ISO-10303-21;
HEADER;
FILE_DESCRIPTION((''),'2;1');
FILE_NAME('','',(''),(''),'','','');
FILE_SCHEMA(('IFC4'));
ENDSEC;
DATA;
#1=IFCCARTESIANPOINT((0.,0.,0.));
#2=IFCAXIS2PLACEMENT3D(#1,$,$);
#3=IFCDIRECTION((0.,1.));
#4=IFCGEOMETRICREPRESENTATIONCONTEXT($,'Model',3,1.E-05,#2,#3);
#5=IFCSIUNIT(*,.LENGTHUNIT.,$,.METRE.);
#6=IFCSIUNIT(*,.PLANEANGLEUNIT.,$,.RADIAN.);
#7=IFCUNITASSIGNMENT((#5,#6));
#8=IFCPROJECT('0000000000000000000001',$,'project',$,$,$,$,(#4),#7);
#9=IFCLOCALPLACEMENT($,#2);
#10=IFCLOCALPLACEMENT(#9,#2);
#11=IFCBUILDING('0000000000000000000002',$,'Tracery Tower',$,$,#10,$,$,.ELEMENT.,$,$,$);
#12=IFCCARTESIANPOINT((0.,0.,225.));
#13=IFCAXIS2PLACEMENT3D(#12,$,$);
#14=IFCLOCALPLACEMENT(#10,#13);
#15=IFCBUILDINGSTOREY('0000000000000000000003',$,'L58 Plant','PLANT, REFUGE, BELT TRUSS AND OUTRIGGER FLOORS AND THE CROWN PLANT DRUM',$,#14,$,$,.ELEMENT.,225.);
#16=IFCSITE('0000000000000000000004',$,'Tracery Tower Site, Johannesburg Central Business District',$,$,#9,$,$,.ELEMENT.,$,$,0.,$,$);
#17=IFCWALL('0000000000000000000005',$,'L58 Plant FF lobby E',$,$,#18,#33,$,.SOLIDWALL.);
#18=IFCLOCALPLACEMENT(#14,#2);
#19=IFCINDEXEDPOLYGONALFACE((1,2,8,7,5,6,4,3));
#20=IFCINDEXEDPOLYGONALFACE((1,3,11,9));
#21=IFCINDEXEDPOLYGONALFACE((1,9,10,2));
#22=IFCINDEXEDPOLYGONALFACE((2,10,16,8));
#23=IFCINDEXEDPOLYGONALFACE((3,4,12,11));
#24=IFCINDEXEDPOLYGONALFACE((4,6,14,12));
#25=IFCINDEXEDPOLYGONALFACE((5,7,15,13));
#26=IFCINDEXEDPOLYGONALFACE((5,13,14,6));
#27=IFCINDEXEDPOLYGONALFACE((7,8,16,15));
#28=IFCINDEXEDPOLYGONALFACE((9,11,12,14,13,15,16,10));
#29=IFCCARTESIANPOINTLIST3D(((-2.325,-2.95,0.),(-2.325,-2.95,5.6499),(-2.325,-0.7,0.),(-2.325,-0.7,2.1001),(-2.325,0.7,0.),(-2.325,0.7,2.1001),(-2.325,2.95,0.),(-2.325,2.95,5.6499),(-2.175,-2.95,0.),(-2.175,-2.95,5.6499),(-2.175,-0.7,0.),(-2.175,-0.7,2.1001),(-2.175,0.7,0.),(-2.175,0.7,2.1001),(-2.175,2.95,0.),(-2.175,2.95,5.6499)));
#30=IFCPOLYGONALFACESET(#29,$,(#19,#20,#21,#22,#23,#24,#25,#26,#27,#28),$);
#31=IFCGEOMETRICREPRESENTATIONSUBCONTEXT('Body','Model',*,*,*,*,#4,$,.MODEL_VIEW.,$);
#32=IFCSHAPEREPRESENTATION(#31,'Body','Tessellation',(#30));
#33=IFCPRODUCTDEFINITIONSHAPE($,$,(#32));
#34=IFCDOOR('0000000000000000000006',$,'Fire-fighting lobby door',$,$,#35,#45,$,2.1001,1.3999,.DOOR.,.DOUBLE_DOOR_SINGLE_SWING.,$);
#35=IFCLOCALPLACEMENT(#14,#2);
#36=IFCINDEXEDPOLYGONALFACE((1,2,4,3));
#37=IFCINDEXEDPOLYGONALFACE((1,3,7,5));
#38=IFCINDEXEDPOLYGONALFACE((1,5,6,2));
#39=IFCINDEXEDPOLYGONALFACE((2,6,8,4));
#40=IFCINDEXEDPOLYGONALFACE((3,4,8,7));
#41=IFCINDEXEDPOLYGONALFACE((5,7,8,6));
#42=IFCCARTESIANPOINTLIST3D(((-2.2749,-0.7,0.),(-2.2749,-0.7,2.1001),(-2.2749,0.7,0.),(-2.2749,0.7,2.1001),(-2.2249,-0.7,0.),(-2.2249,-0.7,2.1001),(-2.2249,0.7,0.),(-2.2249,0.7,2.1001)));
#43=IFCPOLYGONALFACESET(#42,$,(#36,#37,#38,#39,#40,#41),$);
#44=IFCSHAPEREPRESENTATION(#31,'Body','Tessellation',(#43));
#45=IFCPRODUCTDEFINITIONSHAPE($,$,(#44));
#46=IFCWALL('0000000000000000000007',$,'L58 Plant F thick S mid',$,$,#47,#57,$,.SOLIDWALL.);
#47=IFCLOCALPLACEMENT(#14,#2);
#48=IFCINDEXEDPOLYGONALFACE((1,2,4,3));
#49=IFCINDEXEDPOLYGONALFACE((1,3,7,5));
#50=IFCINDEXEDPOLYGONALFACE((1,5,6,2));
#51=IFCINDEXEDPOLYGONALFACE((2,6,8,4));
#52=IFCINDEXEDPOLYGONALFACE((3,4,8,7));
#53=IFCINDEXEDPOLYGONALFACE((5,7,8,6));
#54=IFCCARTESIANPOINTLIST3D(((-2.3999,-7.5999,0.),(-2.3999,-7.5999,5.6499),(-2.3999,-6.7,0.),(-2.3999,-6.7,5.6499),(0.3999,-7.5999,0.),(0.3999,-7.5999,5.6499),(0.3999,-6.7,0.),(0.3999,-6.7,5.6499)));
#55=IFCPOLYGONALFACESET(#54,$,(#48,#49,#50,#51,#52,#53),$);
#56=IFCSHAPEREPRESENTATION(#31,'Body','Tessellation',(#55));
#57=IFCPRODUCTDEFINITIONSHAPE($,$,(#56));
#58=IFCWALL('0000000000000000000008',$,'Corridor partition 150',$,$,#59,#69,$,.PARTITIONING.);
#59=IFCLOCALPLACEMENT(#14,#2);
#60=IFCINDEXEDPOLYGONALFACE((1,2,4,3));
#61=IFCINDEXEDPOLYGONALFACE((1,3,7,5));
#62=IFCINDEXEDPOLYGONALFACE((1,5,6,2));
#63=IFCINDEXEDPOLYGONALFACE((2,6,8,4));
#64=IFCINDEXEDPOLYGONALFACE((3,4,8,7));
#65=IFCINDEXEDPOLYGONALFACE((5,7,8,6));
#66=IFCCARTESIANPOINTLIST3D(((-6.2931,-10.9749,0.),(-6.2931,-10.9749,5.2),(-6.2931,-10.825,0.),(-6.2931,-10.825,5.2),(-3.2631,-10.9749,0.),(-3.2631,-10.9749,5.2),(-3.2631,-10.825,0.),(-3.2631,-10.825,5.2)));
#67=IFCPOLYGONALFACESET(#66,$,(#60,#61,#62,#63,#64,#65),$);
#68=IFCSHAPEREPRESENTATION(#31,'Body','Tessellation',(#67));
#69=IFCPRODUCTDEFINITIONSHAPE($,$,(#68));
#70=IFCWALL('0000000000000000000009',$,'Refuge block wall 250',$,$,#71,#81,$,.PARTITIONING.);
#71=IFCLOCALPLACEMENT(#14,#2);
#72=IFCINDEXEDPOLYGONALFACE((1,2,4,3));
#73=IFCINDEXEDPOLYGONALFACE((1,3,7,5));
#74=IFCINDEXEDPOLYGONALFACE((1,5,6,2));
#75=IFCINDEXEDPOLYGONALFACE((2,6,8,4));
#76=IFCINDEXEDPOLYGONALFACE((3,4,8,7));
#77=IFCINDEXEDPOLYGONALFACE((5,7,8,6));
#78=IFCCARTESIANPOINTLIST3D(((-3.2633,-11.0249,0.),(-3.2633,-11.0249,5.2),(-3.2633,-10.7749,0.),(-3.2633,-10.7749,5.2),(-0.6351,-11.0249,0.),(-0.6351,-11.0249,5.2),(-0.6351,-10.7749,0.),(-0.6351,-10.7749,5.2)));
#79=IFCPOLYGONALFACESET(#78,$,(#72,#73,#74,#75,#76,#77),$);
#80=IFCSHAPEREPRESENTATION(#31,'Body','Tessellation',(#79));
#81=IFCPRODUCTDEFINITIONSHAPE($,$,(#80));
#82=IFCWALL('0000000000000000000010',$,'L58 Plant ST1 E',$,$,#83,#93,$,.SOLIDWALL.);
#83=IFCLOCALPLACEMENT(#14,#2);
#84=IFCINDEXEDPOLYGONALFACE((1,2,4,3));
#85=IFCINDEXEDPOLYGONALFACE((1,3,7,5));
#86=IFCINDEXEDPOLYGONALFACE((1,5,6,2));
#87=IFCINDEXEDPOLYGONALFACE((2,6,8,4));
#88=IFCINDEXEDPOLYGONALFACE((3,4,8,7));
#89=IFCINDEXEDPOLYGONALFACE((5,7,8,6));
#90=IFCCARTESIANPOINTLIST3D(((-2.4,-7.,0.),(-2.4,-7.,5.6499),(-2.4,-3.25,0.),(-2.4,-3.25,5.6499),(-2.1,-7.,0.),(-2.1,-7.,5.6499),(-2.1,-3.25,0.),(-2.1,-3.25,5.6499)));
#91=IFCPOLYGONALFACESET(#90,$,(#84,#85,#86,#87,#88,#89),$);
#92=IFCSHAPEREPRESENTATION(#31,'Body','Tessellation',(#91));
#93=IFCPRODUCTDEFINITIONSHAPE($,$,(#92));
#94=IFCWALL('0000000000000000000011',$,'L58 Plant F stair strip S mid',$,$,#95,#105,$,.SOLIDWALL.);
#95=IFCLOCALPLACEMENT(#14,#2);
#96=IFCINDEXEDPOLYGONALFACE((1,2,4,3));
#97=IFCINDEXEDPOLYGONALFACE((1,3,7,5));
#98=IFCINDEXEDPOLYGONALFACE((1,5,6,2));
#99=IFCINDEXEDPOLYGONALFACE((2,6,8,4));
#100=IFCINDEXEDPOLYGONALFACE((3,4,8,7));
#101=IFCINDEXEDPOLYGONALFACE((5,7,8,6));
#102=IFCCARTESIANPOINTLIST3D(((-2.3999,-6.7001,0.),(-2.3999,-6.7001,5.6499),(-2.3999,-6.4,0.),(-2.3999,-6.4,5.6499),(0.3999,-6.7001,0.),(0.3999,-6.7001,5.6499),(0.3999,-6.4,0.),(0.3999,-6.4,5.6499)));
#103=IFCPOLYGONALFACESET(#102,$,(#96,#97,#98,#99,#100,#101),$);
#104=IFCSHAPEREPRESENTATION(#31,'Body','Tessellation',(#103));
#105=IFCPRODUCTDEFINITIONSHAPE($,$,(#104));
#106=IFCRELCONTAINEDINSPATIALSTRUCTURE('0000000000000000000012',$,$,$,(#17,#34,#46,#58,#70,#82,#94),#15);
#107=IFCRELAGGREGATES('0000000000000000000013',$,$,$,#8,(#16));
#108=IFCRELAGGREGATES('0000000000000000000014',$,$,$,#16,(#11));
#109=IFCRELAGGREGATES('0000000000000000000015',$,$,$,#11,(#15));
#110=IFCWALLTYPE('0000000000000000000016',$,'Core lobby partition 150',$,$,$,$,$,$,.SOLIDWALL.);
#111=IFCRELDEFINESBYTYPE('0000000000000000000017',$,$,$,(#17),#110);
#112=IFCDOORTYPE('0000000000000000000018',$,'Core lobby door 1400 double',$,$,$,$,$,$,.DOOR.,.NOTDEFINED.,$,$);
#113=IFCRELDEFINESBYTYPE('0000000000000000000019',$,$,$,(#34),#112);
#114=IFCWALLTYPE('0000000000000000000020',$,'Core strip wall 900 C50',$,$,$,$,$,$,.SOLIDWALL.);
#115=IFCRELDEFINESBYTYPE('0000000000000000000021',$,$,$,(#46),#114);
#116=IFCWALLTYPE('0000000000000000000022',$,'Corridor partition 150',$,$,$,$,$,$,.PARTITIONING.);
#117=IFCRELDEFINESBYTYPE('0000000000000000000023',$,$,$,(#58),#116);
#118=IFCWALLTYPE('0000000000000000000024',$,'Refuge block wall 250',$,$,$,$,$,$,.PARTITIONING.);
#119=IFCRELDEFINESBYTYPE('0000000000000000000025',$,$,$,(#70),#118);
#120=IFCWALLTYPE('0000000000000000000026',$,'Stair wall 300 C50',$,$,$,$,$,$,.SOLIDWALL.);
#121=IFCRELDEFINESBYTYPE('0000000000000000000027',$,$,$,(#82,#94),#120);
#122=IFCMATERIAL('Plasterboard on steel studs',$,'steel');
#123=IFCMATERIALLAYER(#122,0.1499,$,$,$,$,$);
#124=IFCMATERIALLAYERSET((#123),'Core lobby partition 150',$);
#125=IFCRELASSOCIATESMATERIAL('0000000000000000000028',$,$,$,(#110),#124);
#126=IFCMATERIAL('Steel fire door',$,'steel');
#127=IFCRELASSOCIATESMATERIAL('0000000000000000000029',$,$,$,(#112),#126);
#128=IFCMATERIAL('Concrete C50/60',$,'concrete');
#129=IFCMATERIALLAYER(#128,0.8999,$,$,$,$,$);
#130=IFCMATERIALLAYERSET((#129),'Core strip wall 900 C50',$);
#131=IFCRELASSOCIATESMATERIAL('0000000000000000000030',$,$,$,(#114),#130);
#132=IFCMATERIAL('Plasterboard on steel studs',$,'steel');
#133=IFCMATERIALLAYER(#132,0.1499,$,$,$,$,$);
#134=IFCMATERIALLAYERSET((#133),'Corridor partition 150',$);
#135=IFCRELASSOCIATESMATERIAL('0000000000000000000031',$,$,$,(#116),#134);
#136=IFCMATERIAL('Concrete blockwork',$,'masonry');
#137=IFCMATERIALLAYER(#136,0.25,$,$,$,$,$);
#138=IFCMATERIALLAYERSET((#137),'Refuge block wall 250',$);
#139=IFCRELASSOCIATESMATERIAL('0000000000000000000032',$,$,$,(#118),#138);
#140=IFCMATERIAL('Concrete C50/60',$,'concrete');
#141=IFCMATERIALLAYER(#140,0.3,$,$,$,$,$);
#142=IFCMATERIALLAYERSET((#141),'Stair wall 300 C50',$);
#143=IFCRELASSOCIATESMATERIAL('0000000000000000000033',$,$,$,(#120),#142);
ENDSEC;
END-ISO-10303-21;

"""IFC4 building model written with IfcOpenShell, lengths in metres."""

from ifc_helpers import new_model, si_unit, direction, frame, frame_2d, origin, place, context, subcontext, project, spatial, rectangle, extrude, material, layer, layer_set, type_object, element, fill, save


model = new_model("IFC4")

# Units and contexts
model_context = context("Model", 3, precision=1e-05, world=origin(), true_north=direction((0.0, 1.0)))
body_context = subcontext(model_context, "Body", "Model", "MODEL_VIEW")
ifc_project = project(units=[si_unit("LENGTHUNIT", "METRE"), si_unit("PLANEANGLEUNIT", "RADIAN")], contexts=[model_context])

# Site, building, storey
site_placement = place(None, origin())
site = spatial("IfcSite", under=ifc_project, at=site_placement, Name="Tracery Tower Site, Johannesburg Central Business District", CompositionType="ELEMENT", RefElevation=0.0)
building_placement = place(site_placement, origin())
building = spatial("IfcBuilding", under=site, at=building_placement, Name="Tracery Tower", CompositionType="ELEMENT")
storey_placement = place(building_placement, frame((0.0, 0.0, 225.0)))
storey = spatial("IfcBuildingStorey", under=building, at=storey_placement, Name="L58 Plant", Description="PLANT, REFUGE, BELT TRUSS AND OUTRIGGER FLOORS AND THE CROWN PLANT DRUM", CompositionType="ELEMENT", Elevation=225.0)

# Wall, opening, door
ifc_material_1 = material(Name="Plasterboard on steel studs", Category="steel")
ifc_layer_1 = layer(ifc_material_1, 0.1499)
ifc_layer_set_1 = layer_set([ifc_layer_1], Name="Core lobby partition 150")
wall_type_1 = type_object("IfcWallType", Name="Core lobby partition 150", PredefinedType="SOLIDWALL", material=ifc_layer_set_1)
wall_1_placement = place(storey_placement, frame((-2.25, -2.95, 0.0), z_axis=(0.0, 0.0, 1.0), x_axis=(0.0, 1.0, 0.0)))
wall_1 = element("IfcWall", 1, at=wall_1_placement, inside=storey, type_object=wall_type_1, Name="L58 Plant FF lobby E", PredefinedType="SOLIDWALL", context=body_context, shape_type="SweptSolid", body=[
    extrude(rectangle(XDim=5.8999, YDim=0.1499, at=frame_2d((2.95, 0.0))), origin(), (0.0, 0.0, 1.0), 5.6499),
])
opening_1_placement = place(wall_1_placement, frame((2.25, 0.0, 0.0)))
opening_1 = element("IfcOpeningElement", 2, at=opening_1_placement, cuts=wall_1, PredefinedType="OPENING", context=body_context, shape_type="SweptSolid", body=[
    extrude(rectangle(XDim=1.3999, YDim=2.1001, at=frame_2d((0.7, 1.05))), frame((0.0, 0.075, 0.0), z_axis=(0.0, -1.0, 0.0), x_axis=(1.0, 0.0, 0.0)), (0.0, 0.0, 1.0), 0.1499),
])
ifc_material_2 = material(Name="Steel fire door", Category="steel")
door_type_1 = type_object("IfcDoorType", Name="Core lobby door 1400 double", OperationType="NOTDEFINED", PredefinedType="DOOR", material=ifc_material_2)
door_1_placement = place(opening_1_placement, origin())
door_1 = element("IfcDoor", 3, at=door_1_placement, inside=storey, type_object=door_type_1, Name="Fire-fighting lobby door", OperationType="DOUBLE_DOOR_SINGLE_SWING", OverallHeight=2.1001, OverallWidth=1.3999, PredefinedType="DOOR", context=body_context, shape_type="SweptSolid", body=[
    extrude(rectangle(XDim=1.3999, YDim=2.1001, at=frame_2d((0.7, 1.05))), frame((0.0, 0.0249, 0.0), z_axis=(0.0, -1.0, 0.0), x_axis=(1.0, 0.0, 0.0)), (0.0, 0.0, 1.0), 0.05),
])
fill(opening_1, door_1)

# Walls
ifc_material_3 = material(Name="Concrete C50/60", Category="concrete")
ifc_layer_2 = layer(ifc_material_3, 0.8999)
ifc_layer_set_2 = layer_set([ifc_layer_2], Name="Core strip wall 900 C50")
wall_type_2 = type_object("IfcWallType", Name="Core strip wall 900 C50", PredefinedType="SOLIDWALL", material=ifc_layer_set_2)
wall_2_placement = place(storey_placement, frame((-2.3999, -7.1499, 0.0), z_axis=(0.0, 0.0, 1.0), x_axis=(1.0, 0.0, 0.0)))
element("IfcWall", 4, at=wall_2_placement, inside=storey, type_object=wall_type_2, Name="L58 Plant F thick S mid", PredefinedType="SOLIDWALL", context=body_context, shape_type="SweptSolid", body=[
    extrude(rectangle(XDim=2.7998, YDim=0.8999, at=frame_2d((1.3999, 0.0))), origin(), (0.0, 0.0, 1.0), 5.6499),
])
ifc_material_4 = material(Name="Plasterboard on steel studs", Category="steel")
ifc_layer_3 = layer(ifc_material_4, 0.1499)
ifc_layer_set_3 = layer_set([ifc_layer_3], Name="Corridor partition 150")
wall_type_3 = type_object("IfcWallType", Name="Corridor partition 150", PredefinedType="PARTITIONING", material=ifc_layer_set_3)
wall_3_placement = place(storey_placement, frame((-6.2932, -10.8999, 0.0), z_axis=(0.0, 0.0, 1.0), x_axis=(1.0, 0.0, 0.0)))
element("IfcWall", 5, at=wall_3_placement, inside=storey, type_object=wall_type_3, Name="Corridor partition 150", PredefinedType="PARTITIONING", context=body_context, shape_type="SweptSolid", body=[
    extrude(rectangle(XDim=3.03, YDim=0.1499, at=frame_2d((1.5151, 0.0))), origin(), (0.0, 0.0, 1.0), 5.2),
])
ifc_material_5 = material(Name="Concrete blockwork", Category="masonry")
ifc_layer_4 = layer(ifc_material_5, 0.25)
ifc_layer_set_4 = layer_set([ifc_layer_4], Name="Refuge block wall 250")
wall_type_4 = type_object("IfcWallType", Name="Refuge block wall 250", PredefinedType="PARTITIONING", material=ifc_layer_set_4)
wall_4_placement = place(storey_placement, frame((-3.2632, -10.8999, 0.0), z_axis=(0.0, 0.0, 1.0), x_axis=(1.0, 0.0, 0.0)))
element("IfcWall", 6, at=wall_4_placement, inside=storey, type_object=wall_type_4, Name="Refuge block wall 250", PredefinedType="PARTITIONING", context=body_context, shape_type="SweptSolid", body=[
    extrude(rectangle(XDim=2.6282, YDim=0.25, at=frame_2d((1.314, 0.0))), origin(), (0.0, 0.0, 1.0), 5.2),
])

# Walls
ifc_material_6 = material(Name="Concrete C50/60", Category="concrete")
ifc_layer_5 = layer(ifc_material_6, 0.3)
ifc_layer_set_5 = layer_set([ifc_layer_5], Name="Stair wall 300 C50")
wall_type_5 = type_object("IfcWallType", Name="Stair wall 300 C50", PredefinedType="SOLIDWALL", material=ifc_layer_set_5)
wall_5_placement = place(storey_placement, frame((-2.25, -7.0, 0.0), z_axis=(0.0, 0.0, 1.0), x_axis=(0.0, 1.0, 0.0)))
element("IfcWall", 7, at=wall_5_placement, inside=storey, type_object=wall_type_5, Name="L58 Plant ST1 E", PredefinedType="SOLIDWALL", context=body_context, shape_type="SweptSolid", body=[
    extrude(rectangle(XDim=3.75, YDim=0.3, at=frame_2d((1.875, 0.0))), origin(), (0.0, 0.0, 1.0), 5.6499),
])
wall_6_placement = place(storey_placement, frame((-2.3999, -6.55, 0.0), z_axis=(0.0, 0.0, 1.0), x_axis=(1.0, 0.0, 0.0)))
element("IfcWall", 8, at=wall_6_placement, inside=storey, type_object=wall_type_5, Name="L58 Plant F stair strip S mid", PredefinedType="SOLIDWALL", context=body_context, shape_type="SweptSolid", body=[
    extrude(rectangle(XDim=2.7998, YDim=0.3, at=frame_2d((1.3999, 0.0))), origin(), (0.0, 0.0, 1.0), 5.6499),
])

save(model, "model.ifc")
